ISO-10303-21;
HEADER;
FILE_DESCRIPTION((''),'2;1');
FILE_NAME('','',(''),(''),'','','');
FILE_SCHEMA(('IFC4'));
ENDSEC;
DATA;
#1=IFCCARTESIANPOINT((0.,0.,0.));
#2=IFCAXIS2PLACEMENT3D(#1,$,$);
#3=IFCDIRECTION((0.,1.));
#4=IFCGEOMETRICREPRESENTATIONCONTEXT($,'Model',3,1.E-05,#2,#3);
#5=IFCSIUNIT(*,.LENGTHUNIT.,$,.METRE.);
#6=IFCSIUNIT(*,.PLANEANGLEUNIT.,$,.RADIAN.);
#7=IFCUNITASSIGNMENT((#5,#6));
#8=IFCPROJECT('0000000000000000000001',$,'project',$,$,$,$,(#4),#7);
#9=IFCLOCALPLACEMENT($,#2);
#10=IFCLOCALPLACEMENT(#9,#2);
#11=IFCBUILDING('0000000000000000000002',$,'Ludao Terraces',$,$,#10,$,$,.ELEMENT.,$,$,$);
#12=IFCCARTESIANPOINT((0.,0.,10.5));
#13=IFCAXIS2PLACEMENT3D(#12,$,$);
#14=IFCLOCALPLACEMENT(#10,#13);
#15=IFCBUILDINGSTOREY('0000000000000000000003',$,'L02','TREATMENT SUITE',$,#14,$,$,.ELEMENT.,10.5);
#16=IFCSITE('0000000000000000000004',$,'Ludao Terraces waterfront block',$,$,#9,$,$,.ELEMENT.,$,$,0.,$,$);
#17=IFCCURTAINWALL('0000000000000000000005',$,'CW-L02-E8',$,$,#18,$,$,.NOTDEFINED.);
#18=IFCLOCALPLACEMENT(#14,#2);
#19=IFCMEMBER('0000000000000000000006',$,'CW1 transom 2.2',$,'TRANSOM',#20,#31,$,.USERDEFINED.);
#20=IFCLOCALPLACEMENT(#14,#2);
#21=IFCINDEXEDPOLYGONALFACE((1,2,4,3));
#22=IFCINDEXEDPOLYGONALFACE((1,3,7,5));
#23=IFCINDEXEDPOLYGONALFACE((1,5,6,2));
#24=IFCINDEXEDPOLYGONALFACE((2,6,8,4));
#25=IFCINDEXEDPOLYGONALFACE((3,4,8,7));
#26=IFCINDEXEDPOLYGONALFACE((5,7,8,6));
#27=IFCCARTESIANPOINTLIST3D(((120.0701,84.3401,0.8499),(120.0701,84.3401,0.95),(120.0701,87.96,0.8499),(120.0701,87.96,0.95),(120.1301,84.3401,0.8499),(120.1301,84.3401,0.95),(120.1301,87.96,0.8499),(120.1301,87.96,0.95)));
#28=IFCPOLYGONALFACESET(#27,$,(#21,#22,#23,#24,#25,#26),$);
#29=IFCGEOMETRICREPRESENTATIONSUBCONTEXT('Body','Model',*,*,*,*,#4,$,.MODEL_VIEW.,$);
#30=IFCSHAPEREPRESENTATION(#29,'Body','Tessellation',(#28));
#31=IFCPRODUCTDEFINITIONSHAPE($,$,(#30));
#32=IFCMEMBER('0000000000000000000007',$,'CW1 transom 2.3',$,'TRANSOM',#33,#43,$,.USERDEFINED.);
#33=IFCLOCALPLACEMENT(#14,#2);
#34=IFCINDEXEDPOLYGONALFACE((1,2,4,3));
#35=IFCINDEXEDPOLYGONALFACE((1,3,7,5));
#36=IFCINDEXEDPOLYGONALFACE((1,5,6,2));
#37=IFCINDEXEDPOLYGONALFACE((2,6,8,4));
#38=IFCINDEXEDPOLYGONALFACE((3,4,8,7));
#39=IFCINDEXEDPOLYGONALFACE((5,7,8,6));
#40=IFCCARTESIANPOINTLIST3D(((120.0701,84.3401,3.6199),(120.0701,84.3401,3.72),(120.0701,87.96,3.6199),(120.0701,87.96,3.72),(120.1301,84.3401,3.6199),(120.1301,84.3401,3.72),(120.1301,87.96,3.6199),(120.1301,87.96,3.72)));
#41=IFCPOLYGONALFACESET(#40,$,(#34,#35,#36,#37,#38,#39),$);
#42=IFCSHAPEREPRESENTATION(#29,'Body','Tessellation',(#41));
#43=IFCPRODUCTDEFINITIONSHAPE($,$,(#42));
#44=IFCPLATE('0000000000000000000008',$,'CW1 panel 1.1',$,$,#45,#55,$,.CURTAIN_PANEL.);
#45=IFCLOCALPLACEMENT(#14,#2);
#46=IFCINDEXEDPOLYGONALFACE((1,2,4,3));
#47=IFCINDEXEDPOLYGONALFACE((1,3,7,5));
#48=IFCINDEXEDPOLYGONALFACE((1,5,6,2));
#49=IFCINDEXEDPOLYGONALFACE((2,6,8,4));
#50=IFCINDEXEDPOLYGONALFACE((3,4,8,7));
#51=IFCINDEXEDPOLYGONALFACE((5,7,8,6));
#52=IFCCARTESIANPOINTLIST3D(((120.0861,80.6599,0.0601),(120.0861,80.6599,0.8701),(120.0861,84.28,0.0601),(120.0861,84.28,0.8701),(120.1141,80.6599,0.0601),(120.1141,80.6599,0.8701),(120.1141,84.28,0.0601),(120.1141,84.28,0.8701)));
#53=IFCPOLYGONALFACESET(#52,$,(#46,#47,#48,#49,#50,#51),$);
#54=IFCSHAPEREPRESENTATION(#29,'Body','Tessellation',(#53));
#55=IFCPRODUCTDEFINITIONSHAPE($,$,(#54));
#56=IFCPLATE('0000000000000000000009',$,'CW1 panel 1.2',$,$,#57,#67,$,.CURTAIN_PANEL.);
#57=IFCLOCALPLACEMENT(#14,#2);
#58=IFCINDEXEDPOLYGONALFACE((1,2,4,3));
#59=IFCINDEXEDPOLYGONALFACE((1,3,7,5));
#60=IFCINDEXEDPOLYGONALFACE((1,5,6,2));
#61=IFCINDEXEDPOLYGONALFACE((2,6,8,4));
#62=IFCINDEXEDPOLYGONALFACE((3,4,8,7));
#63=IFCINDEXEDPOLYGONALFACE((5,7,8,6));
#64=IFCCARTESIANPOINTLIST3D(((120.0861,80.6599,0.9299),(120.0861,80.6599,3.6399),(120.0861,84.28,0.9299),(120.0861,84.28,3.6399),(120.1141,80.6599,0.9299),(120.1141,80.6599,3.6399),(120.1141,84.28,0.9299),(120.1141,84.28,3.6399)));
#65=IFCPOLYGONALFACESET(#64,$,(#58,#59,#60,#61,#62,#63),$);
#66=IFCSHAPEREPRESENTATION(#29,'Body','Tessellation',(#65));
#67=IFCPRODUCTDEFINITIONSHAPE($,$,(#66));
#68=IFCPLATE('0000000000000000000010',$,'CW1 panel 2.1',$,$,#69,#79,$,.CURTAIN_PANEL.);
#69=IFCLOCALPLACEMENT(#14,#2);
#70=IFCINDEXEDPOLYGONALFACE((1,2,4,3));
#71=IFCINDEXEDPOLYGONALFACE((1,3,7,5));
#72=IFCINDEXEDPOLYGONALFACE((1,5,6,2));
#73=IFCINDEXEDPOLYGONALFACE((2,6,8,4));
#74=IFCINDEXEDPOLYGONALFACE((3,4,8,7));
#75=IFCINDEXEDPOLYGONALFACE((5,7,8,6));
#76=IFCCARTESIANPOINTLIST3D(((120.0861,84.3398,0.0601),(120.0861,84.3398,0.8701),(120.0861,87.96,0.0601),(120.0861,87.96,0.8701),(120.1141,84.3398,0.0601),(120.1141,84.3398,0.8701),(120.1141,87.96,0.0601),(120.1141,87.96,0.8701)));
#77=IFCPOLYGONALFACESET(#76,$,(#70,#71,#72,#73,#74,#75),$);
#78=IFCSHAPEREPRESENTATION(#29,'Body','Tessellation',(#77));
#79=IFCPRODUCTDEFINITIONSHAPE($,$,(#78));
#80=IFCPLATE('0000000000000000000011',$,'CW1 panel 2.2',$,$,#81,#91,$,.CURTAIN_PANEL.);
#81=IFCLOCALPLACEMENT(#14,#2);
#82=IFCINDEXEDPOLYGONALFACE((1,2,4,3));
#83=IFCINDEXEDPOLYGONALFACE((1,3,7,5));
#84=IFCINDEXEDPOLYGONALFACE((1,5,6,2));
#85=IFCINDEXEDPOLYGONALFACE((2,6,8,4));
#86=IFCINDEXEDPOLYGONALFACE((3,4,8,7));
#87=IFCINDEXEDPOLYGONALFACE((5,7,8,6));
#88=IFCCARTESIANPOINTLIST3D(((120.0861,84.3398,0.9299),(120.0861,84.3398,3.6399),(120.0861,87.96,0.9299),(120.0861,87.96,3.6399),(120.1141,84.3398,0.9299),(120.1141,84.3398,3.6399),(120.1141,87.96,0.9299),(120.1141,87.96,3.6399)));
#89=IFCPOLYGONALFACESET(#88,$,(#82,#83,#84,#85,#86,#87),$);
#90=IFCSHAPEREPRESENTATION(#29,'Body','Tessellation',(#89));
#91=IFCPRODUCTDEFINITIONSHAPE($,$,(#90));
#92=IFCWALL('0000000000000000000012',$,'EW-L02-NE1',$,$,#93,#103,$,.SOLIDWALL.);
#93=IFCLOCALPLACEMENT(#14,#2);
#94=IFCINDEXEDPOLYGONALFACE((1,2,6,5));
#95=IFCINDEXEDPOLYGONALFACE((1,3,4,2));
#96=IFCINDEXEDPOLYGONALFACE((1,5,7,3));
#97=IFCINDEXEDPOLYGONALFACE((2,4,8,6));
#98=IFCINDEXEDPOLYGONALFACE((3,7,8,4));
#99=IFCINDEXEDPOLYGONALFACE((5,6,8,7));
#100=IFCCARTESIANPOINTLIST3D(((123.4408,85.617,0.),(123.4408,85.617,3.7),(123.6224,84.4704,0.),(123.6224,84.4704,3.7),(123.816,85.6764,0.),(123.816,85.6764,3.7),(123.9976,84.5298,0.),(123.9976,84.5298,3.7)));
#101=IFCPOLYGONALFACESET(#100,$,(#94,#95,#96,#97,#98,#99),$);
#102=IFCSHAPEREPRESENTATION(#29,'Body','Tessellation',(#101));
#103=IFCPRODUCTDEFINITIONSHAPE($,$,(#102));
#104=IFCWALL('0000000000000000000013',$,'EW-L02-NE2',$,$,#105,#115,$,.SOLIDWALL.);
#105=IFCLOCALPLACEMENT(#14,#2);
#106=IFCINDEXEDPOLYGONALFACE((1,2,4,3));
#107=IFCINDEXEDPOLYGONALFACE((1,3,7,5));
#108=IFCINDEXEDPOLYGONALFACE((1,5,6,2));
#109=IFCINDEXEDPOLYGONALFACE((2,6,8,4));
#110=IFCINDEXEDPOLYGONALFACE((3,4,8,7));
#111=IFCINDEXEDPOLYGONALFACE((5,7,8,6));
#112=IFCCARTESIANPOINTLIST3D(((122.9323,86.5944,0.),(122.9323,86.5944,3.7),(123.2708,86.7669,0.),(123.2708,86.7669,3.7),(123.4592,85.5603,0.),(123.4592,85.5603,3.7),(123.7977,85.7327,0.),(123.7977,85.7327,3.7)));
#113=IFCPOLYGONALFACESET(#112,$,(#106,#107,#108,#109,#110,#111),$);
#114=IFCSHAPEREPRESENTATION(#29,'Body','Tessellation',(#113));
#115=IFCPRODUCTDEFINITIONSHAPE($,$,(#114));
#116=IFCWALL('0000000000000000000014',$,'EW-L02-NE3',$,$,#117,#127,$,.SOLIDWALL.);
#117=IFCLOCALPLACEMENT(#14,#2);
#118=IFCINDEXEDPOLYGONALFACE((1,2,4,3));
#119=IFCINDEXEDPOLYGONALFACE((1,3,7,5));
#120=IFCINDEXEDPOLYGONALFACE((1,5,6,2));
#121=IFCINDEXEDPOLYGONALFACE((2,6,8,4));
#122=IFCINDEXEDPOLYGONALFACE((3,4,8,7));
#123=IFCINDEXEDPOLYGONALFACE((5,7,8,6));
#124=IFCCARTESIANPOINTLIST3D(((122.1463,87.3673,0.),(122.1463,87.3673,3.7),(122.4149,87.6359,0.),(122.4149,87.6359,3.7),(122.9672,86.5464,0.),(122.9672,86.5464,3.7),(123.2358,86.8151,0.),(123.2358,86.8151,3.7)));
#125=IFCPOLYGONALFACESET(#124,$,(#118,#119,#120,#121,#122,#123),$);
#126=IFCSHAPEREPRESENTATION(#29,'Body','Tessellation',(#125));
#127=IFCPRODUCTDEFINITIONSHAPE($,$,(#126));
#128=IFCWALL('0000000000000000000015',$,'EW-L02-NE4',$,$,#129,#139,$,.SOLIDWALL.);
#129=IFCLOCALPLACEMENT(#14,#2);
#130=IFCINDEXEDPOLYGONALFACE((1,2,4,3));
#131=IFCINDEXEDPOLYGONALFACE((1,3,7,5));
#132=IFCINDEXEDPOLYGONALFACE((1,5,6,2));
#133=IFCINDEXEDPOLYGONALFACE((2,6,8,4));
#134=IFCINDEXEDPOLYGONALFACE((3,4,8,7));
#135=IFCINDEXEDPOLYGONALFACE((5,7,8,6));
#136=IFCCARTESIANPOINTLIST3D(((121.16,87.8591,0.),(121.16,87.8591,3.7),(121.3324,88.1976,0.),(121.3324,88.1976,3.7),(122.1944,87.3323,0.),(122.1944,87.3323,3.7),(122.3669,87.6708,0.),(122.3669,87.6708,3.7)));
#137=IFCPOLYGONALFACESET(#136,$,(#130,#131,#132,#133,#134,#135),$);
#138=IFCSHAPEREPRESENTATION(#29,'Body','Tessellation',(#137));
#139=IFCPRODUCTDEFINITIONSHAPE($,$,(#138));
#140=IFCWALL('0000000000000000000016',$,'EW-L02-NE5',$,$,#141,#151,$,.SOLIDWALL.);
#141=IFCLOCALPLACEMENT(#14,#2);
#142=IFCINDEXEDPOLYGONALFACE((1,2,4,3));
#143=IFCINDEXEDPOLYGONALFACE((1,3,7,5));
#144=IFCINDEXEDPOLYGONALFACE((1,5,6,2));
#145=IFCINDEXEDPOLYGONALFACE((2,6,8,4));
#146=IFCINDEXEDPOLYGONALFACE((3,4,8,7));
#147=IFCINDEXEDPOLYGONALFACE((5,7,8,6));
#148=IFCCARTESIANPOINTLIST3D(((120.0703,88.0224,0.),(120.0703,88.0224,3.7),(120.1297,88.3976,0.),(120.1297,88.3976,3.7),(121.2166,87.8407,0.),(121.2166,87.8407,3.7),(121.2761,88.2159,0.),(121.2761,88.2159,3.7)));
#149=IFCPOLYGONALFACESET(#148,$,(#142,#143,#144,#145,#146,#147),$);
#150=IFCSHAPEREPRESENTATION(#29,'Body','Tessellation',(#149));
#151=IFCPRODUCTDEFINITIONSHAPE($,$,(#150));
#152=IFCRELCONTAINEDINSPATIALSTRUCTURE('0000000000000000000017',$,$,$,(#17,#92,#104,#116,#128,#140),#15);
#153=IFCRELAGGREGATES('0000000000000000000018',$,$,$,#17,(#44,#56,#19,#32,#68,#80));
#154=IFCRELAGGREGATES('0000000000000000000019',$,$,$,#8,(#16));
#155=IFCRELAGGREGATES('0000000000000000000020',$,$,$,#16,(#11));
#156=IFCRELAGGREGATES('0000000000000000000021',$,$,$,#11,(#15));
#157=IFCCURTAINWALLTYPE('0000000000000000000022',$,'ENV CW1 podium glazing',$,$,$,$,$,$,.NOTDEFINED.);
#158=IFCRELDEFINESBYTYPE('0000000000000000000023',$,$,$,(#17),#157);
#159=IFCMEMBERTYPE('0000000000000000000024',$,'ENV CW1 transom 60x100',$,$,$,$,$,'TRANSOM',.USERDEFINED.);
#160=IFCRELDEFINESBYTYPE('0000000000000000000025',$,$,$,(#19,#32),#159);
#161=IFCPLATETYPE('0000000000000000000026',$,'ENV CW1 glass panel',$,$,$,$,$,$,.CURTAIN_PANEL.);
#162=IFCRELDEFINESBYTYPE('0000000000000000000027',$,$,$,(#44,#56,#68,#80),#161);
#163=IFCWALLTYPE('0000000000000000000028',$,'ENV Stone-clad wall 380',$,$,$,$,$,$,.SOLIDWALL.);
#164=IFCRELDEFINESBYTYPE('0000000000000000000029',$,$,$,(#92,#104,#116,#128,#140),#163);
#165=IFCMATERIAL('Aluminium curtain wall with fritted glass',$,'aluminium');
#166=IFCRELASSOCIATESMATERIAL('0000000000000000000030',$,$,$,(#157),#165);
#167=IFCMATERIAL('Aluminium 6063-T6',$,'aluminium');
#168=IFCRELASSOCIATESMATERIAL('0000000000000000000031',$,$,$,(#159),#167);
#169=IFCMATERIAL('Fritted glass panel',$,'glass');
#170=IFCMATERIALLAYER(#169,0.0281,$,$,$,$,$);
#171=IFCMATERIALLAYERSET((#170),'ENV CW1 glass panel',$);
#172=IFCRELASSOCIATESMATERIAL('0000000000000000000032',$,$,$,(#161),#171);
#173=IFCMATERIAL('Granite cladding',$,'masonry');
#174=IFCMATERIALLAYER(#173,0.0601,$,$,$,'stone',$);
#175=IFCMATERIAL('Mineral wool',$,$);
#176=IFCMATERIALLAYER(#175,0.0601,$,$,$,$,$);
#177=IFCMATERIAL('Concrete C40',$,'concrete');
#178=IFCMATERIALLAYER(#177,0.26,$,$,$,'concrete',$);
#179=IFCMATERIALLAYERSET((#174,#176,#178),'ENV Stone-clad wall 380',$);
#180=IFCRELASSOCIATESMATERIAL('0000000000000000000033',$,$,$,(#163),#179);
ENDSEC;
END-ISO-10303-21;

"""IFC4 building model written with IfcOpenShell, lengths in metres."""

from ifc_helpers import new_model, si_unit, direction, frame, frame_2d, origin, origin_2d, place, context, subcontext, project, spatial, rectangle, extrude, material, layer, layer_set, material_profile, profile_set, type_object, element, aggregate, save


model = new_model("IFC4")

# Units and contexts
model_context = context("Model", 3, precision=1e-05, world=origin(), true_north=direction((0.0, 1.0)))
body_context = subcontext(model_context, "Body", "Model", "MODEL_VIEW")
ifc_project = project(units=[si_unit("LENGTHUNIT", "METRE"), si_unit("PLANEANGLEUNIT", "RADIAN")], contexts=[model_context])

# Site, building, storey
site_placement = place(None, origin())
site = spatial("IfcSite", under=ifc_project, at=site_placement, Name="Ludao Terraces waterfront block", CompositionType="ELEMENT", RefElevation=0.0)
building_placement = place(site_placement, origin())
building = spatial("IfcBuilding", under=site, at=building_placement, Name="Ludao Terraces", CompositionType="ELEMENT")
storey_placement = place(building_placement, frame((0.0, 0.0, 10.5)))
storey = spatial("IfcBuildingStorey", under=building, at=storey_placement, Name="L02", Description="TREATMENT SUITE", CompositionType="ELEMENT", Elevation=10.5)

# Curtain wall, members, plates
ifc_material_1 = material(Name="Aluminium curtain wall with fritted glass", Category="aluminium")
curtain_wall_type = type_object("IfcCurtainWallType", Name="ENV CW1 podium glazing", PredefinedType="NOTDEFINED", material=ifc_material_1)
curtain_wall_placement = place(storey_placement, origin())
curtain_wall = element("IfcCurtainWall", 1, at=curtain_wall_placement, inside=storey, type_object=curtain_wall_type, Name="CW-L02-E8", PredefinedType="NOTDEFINED")
ifc_material_2 = material(Name="Aluminium 6063-T6", Category="aluminium")
ifc_material_profile_1 = material_profile(ifc_material_2, rectangle(XDim=0.0601, YDim=0.1001, at=origin_2d()), Name="60 X 100")
ifc_profile_set_1 = profile_set([ifc_material_profile_1], Name="Aluminium 6063-T6")
member_type_1 = type_object("IfcMemberType", Name="ENV CW1 transom 60x100", ElementType="TRANSOM", PredefinedType="USERDEFINED", material=ifc_profile_set_1)
member_1_placement = place(storey_placement, frame((120.1001, 84.3401, 0.8999), z_axis=(0.0, 1.0, 0.0), x_axis=(-1.0, 0.0, 0.0)))
member_1 = element("IfcMember", 2, at=member_1_placement, type_object=member_type_1, Name="CW1 transom 2.2", ObjectType="TRANSOM", PredefinedType="USERDEFINED", context=body_context, shape_type="SweptSolid", body=[
    extrude(rectangle(XDim=0.0601, YDim=0.1001, at=origin_2d()), origin(), (0.0, 0.0, 1.0), 3.6199),
])
member_2_placement = place(storey_placement, frame((120.1001, 84.3401, 3.6699), z_axis=(0.0, 1.0, 0.0), x_axis=(-1.0, 0.0, 0.0)))
member_2 = element("IfcMember", 3, at=member_2_placement, type_object=member_type_1, Name="CW1 transom 2.3", ObjectType="TRANSOM", PredefinedType="USERDEFINED", context=body_context, shape_type="SweptSolid", body=[
    extrude(rectangle(XDim=0.0601, YDim=0.1001, at=origin_2d()), origin(), (0.0, 0.0, 1.0), 3.6199),
])
ifc_material_3 = material(Name="Fritted glass panel", Category="glass")
ifc_layer_1 = layer(ifc_material_3, 0.0281)
ifc_layer_set_1 = layer_set([ifc_layer_1], Name="ENV CW1 glass panel")
plate_type = type_object("IfcPlateType", Name="ENV CW1 glass panel", PredefinedType="CURTAIN_PANEL", material=ifc_layer_set_1)
plate_1_placement = place(storey_placement, frame((120.1001, 82.47, 0.0601), z_axis=(0.0, 0.0, 1.0), x_axis=(0.0, 1.0, 0.0)))
plate_1 = element("IfcPlate", 4, at=plate_1_placement, type_object=plate_type, Name="CW1 panel 1.1", PredefinedType="CURTAIN_PANEL", context=body_context, shape_type="SweptSolid", body=[
    extrude(rectangle(XDim=3.6201, YDim=0.0281, at=origin_2d()), origin(), (0.0, 0.0, 1.0), 0.8101),
])
plate_2_placement = place(storey_placement, frame((120.1001, 82.47, 0.9299), z_axis=(0.0, 0.0, 1.0), x_axis=(0.0, 1.0, 0.0)))
plate_2 = element("IfcPlate", 5, at=plate_2_placement, type_object=plate_type, Name="CW1 panel 1.2", PredefinedType="CURTAIN_PANEL", context=body_context, shape_type="SweptSolid", body=[
    extrude(rectangle(XDim=3.6201, YDim=0.0281, at=origin_2d()), origin(), (0.0, 0.0, 1.0), 2.71),
])
plate_3_placement = place(storey_placement, frame((120.1001, 86.1499, 0.0601), z_axis=(0.0, 0.0, 1.0), x_axis=(0.0, 1.0, 0.0)))
plate_3 = element("IfcPlate", 6, at=plate_3_placement, type_object=plate_type, Name="CW1 panel 2.1", PredefinedType="CURTAIN_PANEL", context=body_context, shape_type="SweptSolid", body=[
    extrude(rectangle(XDim=3.6201, YDim=0.0281, at=origin_2d()), origin(), (0.0, 0.0, 1.0), 0.8101),
])
plate_4_placement = place(storey_placement, frame((120.1001, 86.1499, 0.9299), z_axis=(0.0, 0.0, 1.0), x_axis=(0.0, 1.0, 0.0)))
plate_4 = element("IfcPlate", 7, at=plate_4_placement, type_object=plate_type, Name="CW1 panel 2.2", PredefinedType="CURTAIN_PANEL", context=body_context, shape_type="SweptSolid", body=[
    extrude(rectangle(XDim=3.6201, YDim=0.0281, at=origin_2d()), origin(), (0.0, 0.0, 1.0), 2.71),
])
aggregate(curtain_wall, [plate_1, plate_2, member_1, member_2, plate_3, plate_4])

# Walls
ifc_material_4 = material(Name="Granite cladding", Category="masonry")
ifc_layer_2 = layer(ifc_material_4, 0.0601, Category="stone")
ifc_material_5 = material(Name="Mineral wool")
ifc_layer_3 = layer(ifc_material_5, 0.0601)
ifc_material_6 = material(Name="Concrete C40", Category="concrete")
ifc_layer_4 = layer(ifc_material_6, 0.26, Category="concrete")
ifc_layer_set_2 = layer_set([ifc_layer_2, ifc_layer_3, ifc_layer_4], Name="ENV Stone-clad wall 380")
wall_type = type_object("IfcWallType", Name="ENV Stone-clad wall 380", PredefinedType="SOLIDWALL", material=ifc_layer_set_2)
wall_1_placement = place(storey_placement, frame((123.8101, 84.5, 0.0), z_axis=(0.0, 0.0, 1.0), x_axis=(-0.156481, 0.987681, 0.0)))
element("IfcWall", 8, at=wall_1_placement, inside=storey, type_object=wall_type, Name="EW-L02-NE1", PredefinedType="SOLIDWALL", context=body_context, shape_type="SweptSolid", body=[
    extrude(rectangle(XDim=1.1609, YDim=0.3799, at=frame_2d((0.5806, 0.0))), origin(), (0.0, 0.0, 1.0), 3.7),
])
wall_2_placement = place(storey_placement, frame((123.6284, 85.6465, 0.0), z_axis=(0.0, 0.0, 1.0), x_axis=(-0.453932, 0.891036, 0.0)))
element("IfcWall", 9, at=wall_2_placement, inside=storey, type_object=wall_type, Name="EW-L02-NE2", PredefinedType="SOLIDWALL", context=body_context, shape_type="SweptSolid", body=[
    extrude(rectangle(XDim=1.1606, YDim=0.3799, at=frame_2d((0.5803, 0.0))), origin(), (0.0, 0.0, 1.0), 3.7),
])
for number, where, z_axis, x_axis, name in (
    (10, (123.1016, 86.6807, 0.0), (0.0, 0.0, 1.0), (-0.707107, 0.707107, 0.0), "EW-L02-NE3"),
    (11, (122.2808, 87.5015, 0.0), (0.0, 0.0, 1.0), (-0.89108, 0.453847, 0.0), "EW-L02-NE4"),
):
    element("IfcWall", number, at=place(storey_placement, frame(where, z_axis=z_axis, x_axis=x_axis)), inside=storey, type_object=wall_type, Name=name, PredefinedType="SOLIDWALL", context=body_context, shape_type="SweptSolid", body=[
        extrude(rectangle(XDim=1.1609, YDim=0.3799, at=frame_2d((0.5806, 0.0))), origin(), (0.0, 0.0, 1.0), 3.7),
    ])
wall_3_placement = place(storey_placement, frame((121.2463, 88.0283, 0.0), z_axis=(0.0, 0.0, 1.0), x_axis=(-0.987676, 0.156513, 0.0)))
element("IfcWall", 12, at=wall_3_placement, inside=storey, type_object=wall_type, Name="EW-L02-NE5", PredefinedType="SOLIDWALL", context=body_context, shape_type="SweptSolid", body=[
    extrude(rectangle(XDim=1.1606, YDim=0.3799, at=frame_2d((0.5803, 0.0))), origin(), (0.0, 0.0, 1.0), 3.7),
])

save(model, "model.ifc")
